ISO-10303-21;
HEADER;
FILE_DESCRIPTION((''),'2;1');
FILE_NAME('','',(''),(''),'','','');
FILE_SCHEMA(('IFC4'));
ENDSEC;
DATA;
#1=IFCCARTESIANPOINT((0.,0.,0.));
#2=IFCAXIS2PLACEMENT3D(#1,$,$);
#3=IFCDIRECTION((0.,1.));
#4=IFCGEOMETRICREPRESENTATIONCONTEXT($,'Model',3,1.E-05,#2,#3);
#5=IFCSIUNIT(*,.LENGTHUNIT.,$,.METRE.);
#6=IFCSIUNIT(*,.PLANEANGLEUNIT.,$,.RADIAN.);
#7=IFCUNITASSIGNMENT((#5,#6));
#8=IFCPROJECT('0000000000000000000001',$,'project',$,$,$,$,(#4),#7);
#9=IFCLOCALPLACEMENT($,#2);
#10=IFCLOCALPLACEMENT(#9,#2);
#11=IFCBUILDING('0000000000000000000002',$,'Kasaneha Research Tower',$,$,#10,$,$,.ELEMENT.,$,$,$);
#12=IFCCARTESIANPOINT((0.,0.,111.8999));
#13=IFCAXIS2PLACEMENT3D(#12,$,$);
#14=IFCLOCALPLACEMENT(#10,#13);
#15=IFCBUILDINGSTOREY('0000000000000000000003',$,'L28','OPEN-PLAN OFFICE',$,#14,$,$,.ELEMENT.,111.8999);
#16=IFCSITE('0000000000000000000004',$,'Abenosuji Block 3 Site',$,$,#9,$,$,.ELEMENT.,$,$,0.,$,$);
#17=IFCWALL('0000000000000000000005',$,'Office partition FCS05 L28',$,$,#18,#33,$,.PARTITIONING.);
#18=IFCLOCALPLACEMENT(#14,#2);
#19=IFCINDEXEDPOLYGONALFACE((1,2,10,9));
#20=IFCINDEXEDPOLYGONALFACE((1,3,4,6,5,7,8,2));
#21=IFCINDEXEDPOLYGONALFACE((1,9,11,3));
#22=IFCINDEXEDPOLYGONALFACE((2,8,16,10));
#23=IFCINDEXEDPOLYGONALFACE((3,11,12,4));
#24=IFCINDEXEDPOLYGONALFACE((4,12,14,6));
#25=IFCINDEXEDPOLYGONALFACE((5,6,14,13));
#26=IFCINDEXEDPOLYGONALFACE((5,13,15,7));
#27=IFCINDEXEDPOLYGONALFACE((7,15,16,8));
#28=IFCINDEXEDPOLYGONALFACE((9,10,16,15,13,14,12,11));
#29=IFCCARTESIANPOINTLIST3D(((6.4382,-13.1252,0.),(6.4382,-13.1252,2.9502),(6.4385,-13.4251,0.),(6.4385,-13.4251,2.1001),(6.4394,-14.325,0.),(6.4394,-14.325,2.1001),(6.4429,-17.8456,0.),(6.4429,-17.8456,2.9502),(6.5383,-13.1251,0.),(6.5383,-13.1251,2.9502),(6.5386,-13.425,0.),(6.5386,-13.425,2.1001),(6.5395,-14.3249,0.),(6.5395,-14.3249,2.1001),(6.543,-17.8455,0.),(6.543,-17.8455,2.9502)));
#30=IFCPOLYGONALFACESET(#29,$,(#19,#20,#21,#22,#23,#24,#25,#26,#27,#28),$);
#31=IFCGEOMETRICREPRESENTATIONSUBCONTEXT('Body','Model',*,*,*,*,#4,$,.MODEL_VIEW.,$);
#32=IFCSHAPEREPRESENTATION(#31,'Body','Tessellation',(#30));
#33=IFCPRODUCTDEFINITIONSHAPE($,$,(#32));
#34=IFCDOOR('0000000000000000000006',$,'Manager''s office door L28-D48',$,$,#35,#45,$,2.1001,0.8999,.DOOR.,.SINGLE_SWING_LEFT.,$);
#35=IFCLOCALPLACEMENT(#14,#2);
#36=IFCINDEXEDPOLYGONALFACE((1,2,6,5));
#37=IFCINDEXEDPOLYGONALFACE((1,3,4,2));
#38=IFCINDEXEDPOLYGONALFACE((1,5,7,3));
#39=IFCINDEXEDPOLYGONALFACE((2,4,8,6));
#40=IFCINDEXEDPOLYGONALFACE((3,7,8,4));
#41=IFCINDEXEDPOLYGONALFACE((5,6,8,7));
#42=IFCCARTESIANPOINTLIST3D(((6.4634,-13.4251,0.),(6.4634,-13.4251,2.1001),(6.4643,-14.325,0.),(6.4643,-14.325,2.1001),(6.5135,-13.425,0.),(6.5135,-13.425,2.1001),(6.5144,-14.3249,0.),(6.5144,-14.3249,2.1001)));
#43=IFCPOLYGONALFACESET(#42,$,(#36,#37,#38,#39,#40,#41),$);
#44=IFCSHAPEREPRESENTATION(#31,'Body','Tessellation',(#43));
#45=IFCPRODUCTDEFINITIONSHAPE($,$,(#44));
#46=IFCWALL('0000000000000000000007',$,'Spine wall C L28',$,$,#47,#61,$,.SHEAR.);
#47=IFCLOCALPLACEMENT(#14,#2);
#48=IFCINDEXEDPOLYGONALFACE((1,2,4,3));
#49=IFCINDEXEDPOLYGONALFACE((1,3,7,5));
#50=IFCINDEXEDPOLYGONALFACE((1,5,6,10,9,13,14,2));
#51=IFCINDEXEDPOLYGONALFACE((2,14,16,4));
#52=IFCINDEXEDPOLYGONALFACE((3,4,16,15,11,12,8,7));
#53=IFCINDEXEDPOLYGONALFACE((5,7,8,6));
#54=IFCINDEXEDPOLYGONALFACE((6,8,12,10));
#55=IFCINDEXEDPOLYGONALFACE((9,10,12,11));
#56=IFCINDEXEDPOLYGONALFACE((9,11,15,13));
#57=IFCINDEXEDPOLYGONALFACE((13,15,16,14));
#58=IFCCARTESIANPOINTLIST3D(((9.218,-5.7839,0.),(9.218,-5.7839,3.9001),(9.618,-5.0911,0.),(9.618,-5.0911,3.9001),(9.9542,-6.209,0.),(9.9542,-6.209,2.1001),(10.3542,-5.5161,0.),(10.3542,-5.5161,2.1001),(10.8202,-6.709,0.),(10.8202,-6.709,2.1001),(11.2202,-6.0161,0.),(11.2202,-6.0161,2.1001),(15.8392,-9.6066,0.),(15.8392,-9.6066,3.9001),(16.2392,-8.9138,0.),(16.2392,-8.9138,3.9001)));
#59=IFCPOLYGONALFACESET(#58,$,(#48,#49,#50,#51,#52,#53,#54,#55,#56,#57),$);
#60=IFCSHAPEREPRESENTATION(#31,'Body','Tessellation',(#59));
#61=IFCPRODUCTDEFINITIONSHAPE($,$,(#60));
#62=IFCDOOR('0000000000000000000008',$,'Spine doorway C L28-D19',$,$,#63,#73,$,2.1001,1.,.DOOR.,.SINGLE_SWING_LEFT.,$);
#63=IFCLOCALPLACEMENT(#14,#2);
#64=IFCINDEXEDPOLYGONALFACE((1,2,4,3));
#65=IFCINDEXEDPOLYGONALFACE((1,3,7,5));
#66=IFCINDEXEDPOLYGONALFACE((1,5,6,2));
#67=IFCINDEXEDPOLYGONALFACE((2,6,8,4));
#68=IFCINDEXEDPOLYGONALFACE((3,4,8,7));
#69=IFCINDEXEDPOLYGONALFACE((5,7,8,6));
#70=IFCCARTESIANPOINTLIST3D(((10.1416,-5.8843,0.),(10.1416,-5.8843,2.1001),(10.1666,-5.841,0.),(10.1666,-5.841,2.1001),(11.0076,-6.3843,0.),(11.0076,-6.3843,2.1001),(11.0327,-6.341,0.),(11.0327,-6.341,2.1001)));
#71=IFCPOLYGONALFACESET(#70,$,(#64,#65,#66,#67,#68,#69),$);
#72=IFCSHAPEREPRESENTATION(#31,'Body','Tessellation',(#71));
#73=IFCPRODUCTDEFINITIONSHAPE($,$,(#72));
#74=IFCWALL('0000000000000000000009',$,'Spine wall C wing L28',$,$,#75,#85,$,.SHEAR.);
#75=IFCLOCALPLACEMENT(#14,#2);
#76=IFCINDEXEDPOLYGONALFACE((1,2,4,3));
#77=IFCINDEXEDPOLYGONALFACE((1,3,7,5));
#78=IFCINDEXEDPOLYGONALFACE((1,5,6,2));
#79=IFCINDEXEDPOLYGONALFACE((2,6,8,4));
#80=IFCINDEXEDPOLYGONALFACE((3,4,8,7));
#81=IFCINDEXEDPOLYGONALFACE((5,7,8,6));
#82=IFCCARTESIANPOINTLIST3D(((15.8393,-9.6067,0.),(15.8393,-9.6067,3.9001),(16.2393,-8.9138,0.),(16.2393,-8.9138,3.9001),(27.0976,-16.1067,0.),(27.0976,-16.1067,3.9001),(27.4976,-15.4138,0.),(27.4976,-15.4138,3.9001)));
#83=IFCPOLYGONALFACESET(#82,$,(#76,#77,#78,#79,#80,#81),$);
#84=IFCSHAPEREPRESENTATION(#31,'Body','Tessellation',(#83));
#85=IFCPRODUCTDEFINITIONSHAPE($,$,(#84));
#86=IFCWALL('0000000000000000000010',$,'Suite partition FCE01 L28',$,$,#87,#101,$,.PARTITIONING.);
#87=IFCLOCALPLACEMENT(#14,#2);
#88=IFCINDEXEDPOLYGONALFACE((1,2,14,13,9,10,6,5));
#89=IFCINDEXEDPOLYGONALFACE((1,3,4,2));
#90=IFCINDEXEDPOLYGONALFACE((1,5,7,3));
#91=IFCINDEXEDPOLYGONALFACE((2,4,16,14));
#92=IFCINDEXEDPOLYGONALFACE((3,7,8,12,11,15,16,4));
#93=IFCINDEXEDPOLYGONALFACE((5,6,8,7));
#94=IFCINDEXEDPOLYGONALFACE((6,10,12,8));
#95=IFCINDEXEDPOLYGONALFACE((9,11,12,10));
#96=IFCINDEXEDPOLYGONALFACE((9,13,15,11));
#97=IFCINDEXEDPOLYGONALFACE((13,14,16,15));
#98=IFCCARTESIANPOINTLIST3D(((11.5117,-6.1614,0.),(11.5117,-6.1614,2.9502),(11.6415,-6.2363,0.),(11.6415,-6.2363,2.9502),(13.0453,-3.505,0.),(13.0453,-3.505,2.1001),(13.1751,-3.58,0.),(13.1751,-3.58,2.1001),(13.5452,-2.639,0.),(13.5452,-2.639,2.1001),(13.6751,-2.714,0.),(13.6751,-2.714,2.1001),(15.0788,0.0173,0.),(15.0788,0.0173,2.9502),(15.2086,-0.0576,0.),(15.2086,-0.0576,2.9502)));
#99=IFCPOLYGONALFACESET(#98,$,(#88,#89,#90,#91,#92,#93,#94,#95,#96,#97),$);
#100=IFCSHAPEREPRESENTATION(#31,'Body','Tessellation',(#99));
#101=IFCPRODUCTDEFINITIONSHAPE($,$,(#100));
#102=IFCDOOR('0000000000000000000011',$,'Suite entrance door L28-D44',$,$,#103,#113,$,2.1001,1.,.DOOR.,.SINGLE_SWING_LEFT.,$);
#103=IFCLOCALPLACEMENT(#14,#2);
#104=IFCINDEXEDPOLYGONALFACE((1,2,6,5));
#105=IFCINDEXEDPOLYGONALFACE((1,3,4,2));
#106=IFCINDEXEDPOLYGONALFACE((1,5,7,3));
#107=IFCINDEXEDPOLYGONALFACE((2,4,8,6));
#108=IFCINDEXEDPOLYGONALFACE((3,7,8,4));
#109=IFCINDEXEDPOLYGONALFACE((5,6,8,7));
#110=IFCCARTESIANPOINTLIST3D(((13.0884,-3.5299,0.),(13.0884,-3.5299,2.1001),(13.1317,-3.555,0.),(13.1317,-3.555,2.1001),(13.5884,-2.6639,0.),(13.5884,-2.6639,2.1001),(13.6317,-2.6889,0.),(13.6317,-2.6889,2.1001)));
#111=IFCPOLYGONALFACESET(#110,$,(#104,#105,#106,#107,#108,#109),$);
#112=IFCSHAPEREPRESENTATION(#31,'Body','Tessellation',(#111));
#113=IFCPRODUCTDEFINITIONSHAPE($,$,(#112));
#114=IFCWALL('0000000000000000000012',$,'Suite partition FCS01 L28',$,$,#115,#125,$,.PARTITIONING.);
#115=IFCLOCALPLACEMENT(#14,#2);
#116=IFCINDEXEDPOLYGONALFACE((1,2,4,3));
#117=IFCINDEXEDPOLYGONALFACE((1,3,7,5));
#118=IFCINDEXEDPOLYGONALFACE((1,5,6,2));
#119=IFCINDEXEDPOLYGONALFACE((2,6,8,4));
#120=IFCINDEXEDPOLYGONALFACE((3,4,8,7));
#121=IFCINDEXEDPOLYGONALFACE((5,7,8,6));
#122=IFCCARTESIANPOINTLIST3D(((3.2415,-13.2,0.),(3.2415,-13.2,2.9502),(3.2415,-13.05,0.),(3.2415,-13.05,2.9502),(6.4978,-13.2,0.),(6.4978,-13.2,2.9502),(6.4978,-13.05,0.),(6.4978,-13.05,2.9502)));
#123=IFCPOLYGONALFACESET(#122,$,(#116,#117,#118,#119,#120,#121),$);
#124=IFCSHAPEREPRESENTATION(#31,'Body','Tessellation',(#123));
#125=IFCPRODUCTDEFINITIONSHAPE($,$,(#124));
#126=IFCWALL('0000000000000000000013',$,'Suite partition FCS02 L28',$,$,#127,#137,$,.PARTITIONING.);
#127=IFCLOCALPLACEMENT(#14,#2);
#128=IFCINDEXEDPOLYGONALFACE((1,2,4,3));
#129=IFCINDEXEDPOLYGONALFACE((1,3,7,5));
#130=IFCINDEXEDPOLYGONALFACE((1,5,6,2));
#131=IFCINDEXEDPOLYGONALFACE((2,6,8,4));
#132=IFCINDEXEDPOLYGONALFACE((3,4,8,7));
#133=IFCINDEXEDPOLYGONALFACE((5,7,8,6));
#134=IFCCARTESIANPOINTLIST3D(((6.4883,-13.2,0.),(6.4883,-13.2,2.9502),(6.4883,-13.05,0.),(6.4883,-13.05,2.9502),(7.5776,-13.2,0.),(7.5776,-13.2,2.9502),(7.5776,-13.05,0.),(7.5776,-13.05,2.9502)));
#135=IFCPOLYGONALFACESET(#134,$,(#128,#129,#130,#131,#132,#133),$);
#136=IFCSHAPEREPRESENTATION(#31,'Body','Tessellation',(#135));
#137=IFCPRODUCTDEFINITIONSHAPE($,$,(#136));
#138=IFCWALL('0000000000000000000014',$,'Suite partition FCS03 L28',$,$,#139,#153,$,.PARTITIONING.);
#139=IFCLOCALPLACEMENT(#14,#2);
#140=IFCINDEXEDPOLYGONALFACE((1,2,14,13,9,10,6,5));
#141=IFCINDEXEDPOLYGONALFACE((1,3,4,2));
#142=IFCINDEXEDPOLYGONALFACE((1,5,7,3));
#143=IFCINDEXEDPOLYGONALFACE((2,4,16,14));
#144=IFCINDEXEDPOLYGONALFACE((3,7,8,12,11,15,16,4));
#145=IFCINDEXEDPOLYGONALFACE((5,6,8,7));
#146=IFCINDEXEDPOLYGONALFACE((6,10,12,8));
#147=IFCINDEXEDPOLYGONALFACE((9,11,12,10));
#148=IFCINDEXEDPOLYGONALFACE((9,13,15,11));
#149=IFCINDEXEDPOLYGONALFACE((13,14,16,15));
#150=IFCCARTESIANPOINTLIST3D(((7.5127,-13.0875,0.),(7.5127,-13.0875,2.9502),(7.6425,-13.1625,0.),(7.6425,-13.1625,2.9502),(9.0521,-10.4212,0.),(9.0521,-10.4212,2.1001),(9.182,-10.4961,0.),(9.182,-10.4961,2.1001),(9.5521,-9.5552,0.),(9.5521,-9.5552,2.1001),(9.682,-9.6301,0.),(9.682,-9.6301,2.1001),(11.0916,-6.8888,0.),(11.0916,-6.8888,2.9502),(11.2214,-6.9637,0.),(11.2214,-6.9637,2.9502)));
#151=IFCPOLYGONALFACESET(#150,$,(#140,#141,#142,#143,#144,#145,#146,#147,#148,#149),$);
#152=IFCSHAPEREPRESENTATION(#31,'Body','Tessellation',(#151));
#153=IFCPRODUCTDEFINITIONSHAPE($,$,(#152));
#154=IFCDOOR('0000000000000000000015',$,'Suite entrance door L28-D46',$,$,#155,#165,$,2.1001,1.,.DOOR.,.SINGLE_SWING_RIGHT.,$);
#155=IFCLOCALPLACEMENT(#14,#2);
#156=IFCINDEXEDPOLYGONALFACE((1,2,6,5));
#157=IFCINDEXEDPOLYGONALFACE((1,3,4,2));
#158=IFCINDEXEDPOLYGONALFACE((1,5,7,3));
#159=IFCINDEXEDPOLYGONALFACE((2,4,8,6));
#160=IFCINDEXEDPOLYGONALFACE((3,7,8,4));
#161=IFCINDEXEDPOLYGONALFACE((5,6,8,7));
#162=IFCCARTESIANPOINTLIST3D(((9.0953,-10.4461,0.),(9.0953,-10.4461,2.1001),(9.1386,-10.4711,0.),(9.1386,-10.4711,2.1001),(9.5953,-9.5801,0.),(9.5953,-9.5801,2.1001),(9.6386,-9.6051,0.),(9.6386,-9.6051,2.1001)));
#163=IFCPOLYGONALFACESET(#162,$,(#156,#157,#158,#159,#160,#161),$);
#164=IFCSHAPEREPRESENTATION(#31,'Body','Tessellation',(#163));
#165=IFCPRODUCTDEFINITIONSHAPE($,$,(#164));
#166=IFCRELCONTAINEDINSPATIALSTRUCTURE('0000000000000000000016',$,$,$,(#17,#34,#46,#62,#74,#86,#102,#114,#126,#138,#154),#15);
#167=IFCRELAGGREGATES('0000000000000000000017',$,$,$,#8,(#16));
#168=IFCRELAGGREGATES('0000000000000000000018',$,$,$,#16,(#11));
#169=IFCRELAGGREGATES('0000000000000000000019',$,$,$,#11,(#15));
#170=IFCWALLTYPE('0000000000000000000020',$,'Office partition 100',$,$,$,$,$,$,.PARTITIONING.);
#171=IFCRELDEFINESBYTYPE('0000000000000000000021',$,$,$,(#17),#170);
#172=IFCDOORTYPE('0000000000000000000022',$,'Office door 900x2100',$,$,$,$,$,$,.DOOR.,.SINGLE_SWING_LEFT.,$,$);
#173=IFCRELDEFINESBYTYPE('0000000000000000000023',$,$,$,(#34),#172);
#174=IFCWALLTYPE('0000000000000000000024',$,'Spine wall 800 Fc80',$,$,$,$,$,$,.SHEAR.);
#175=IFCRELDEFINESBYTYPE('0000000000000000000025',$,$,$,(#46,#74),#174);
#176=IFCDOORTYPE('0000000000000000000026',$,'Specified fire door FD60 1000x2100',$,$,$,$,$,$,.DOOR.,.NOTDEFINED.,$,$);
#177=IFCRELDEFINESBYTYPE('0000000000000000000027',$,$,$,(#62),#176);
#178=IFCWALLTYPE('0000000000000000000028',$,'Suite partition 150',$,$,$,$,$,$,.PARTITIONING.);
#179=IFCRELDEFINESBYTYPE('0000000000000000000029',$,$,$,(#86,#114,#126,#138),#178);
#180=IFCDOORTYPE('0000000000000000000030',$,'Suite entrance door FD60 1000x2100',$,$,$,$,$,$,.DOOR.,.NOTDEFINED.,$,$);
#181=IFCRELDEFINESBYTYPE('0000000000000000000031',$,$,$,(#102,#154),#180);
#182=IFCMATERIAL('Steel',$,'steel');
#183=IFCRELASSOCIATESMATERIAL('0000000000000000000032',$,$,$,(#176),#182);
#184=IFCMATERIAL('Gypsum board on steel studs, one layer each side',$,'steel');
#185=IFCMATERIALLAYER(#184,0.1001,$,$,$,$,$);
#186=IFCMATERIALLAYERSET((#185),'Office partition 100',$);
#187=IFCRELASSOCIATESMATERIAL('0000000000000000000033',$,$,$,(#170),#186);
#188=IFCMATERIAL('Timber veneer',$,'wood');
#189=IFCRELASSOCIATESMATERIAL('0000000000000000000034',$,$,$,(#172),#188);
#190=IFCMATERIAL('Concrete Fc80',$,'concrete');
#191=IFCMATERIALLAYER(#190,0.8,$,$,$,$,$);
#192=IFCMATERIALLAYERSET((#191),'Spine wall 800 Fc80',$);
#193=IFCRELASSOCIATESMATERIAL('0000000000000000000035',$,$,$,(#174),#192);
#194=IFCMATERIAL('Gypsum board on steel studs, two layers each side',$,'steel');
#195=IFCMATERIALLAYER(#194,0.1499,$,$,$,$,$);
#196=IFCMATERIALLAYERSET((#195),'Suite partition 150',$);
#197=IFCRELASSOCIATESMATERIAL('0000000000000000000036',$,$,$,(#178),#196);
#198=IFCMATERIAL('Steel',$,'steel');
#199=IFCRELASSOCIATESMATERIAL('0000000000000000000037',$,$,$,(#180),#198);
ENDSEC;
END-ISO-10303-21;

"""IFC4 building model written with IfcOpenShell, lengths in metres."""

from ifc_helpers import new_model, si_unit, direction, frame, frame_2d, origin, place, context, subcontext, project, spatial, rectangle, extrude, material, layer, layer_set, type_object, element, fill, save


model = new_model("IFC4")

# Units and contexts
model_context = context("Model", 3, precision=1e-05, world=origin(), true_north=direction((0.0, 1.0)))
body_context = subcontext(model_context, "Body", "Model", "MODEL_VIEW")
ifc_project = project(units=[si_unit("LENGTHUNIT", "METRE"), si_unit("PLANEANGLEUNIT", "RADIAN")], contexts=[model_context])

# Site, building, storey
site_placement = place(None, origin())
site = spatial("IfcSite", under=ifc_project, at=site_placement, Name="Abenosuji Block 3 Site", CompositionType="ELEMENT", RefElevation=0.0)
building_placement = place(site_placement, origin())
building = spatial("IfcBuilding", under=site, at=building_placement, Name="Kasaneha Research Tower", CompositionType="ELEMENT")
storey_placement = place(building_placement, frame((0.0, 0.0, 111.8999)))
storey = spatial("IfcBuildingStorey", under=building, at=storey_placement, Name="L28", Description="OPEN-PLAN OFFICE", CompositionType="ELEMENT", Elevation=111.8999)

# Shared definitions
ifc_material_1 = material(Name="Steel", Category="steel")
door_type_1 = type_object("IfcDoorType", Name="Specified fire door FD60 1000x2100", OperationType="NOTDEFINED", PredefinedType="DOOR", material=ifc_material_1)

# Walls, openings, doors
ifc_material_2 = material(Name="Gypsum board on steel studs, one layer each side", Category="steel")
ifc_layer_1 = layer(ifc_material_2, 0.1001)
ifc_layer_set_1 = layer_set([ifc_layer_1], Name="Office partition 100")
wall_type_1 = type_object("IfcWallType", Name="Office partition 100", PredefinedType="PARTITIONING", material=ifc_layer_set_1)
wall_1_placement = place(storey_placement, frame((6.4883, -13.125, 0.0), z_axis=(0.0, 0.0, 1.0), x_axis=(0.000983, -1.0, 0.0)))
wall_1 = element("IfcWall", 1, at=wall_1_placement, inside=storey, type_object=wall_type_1, Name="Office partition FCS05 L28", PredefinedType="PARTITIONING", context=body_context, shape_type="SweptSolid", body=[
    extrude(rectangle(XDim=4.7205, YDim=0.1001, at=frame_2d((2.3604, 0.0))), origin(), (0.0, 0.0, 1.0), 2.9502),
])
opening_1_placement = place(wall_1_placement, frame((0.3, 0.0, 0.0)))
opening_1 = element("IfcOpeningElement", 2, at=opening_1_placement, cuts=wall_1, PredefinedType="OPENING", context=body_context, shape_type="SweptSolid", body=[
    extrude(rectangle(XDim=0.8999, YDim=2.1001, at=frame_2d((0.45, 1.05))), frame((0.0, 0.0601, 0.0), z_axis=(0.0, -1.0, 0.0), x_axis=(1.0, 0.0, 0.0)), (0.0, 0.0, 1.0), 0.1201),
])
ifc_material_3 = material(Name="Timber veneer", Category="wood")
door_type_2 = type_object("IfcDoorType", Name="Office door 900x2100", OperationType="SINGLE_SWING_LEFT", PredefinedType="DOOR", material=ifc_material_3)
door_1_placement = place(opening_1_placement, origin())
door_1 = element("IfcDoor", 3, at=door_1_placement, inside=storey, type_object=door_type_2, Name="Manager's office door L28-D48", OperationType="SINGLE_SWING_LEFT", OverallHeight=2.1001, OverallWidth=0.8999, PredefinedType="DOOR", context=body_context, shape_type="SweptSolid", body=[
    extrude(rectangle(XDim=0.8999, YDim=2.1001, at=frame_2d((0.45, 1.05))), frame((0.0, 0.0249, 0.0), z_axis=(0.0, -1.0, 0.0), x_axis=(1.0, 0.0, 0.0)), (0.0, 0.0, 1.0), 0.05),
])
fill(opening_1, door_1)
ifc_material_4 = material(Name="Concrete Fc80", Category="concrete")
ifc_layer_2 = layer(ifc_material_4, 0.8)
ifc_layer_set_2 = layer_set([ifc_layer_2], Name="Spine wall 800 Fc80")
wall_type_2 = type_object("IfcWallType", Name="Spine wall 800 Fc80", PredefinedType="SHEAR", material=ifc_layer_set_2)
wall_2_placement = place(storey_placement, frame((9.418, -5.4375, 0.0), z_axis=(0.0, 0.0, 1.0), x_axis=(0.86603, -0.499992, 0.0)))
wall_2 = element("IfcWall", 4, at=wall_2_placement, inside=storey, type_object=wall_type_2, Name="Spine wall C L28", PredefinedType="SHEAR", context=body_context, shape_type="SweptSolid", body=[
    extrude(rectangle(XDim=7.6455, YDim=0.8, at=frame_2d((3.8228, 0.0))), origin(), (0.0, 0.0, 1.0), 3.9001),
])
opening_2_placement = place(wall_2_placement, frame((0.8501, 0.0, 0.0)))
opening_2 = element("IfcOpeningElement", 5, at=opening_2_placement, cuts=wall_2, PredefinedType="OPENING", context=body_context, shape_type="SweptSolid", body=[
    extrude(rectangle(XDim=1.0, YDim=2.1001, at=frame_2d((0.5, 1.05))), frame((0.0, 0.4102, 0.0), z_axis=(0.0, -1.0, 0.0), x_axis=(1.0, 0.0, 0.0)), (0.0, 0.0, 1.0), 0.8201),
])
door_2_placement = place(opening_2_placement, origin())
door_2 = element("IfcDoor", 6, at=door_2_placement, inside=storey, type_object=door_type_1, Name="Spine doorway C L28-D19", OperationType="SINGLE_SWING_LEFT", OverallHeight=2.1001, OverallWidth=1.0, PredefinedType="DOOR", context=body_context, shape_type="SweptSolid", body=[
    extrude(rectangle(XDim=1.0, YDim=2.1001, at=frame_2d((0.5, 1.05))), frame((0.0, 0.0249, 0.0), z_axis=(0.0, -1.0, 0.0), x_axis=(1.0, 0.0, 0.0)), (0.0, 0.0, 1.0), 0.05),
])
fill(opening_2, door_2)

# Wall
wall_3_placement = place(storey_placement, frame((16.0393, -9.2603, 0.0), z_axis=(0.0, 0.0, 1.0), x_axis=(0.866025, -0.500001, 0.0)))
element("IfcWall", 7, at=wall_3_placement, inside=storey, type_object=wall_type_2, Name="Spine wall C wing L28", PredefinedType="SHEAR", context=body_context, shape_type="SweptSolid", body=[
    extrude(rectangle(XDim=13.0, YDim=0.8, at=frame_2d((6.5, 0.0))), origin(), (0.0, 0.0, 1.0), 3.9001),
])

# Wall, opening, door
ifc_material_5 = material(Name="Gypsum board on steel studs, two layers each side", Category="steel")
ifc_layer_3 = layer(ifc_material_5, 0.1499)
ifc_layer_set_3 = layer_set([ifc_layer_3], Name="Suite partition 150")
wall_type_3 = type_object("IfcWallType", Name="Suite partition 150", PredefinedType="PARTITIONING", material=ifc_layer_set_3)
wall_4_placement = place(storey_placement, frame((15.1438, -0.02, 0.0), z_axis=(0.0, 0.0, 1.0), x_axis=(-0.499985, -0.866034, 0.0)))
wall_4 = element("IfcWall", 8, at=wall_4_placement, inside=storey, type_object=wall_type_3, Name="Suite partition FCE01 L28", PredefinedType="PARTITIONING", context=body_context, shape_type="SweptSolid", body=[
    extrude(rectangle(XDim=7.1345, YDim=0.1499, at=frame_2d((3.5674, 0.0))), origin(), (0.0, 0.0, 1.0), 2.9502),
])
opening_3_placement = place(wall_4_placement, frame((3.0674, 0.0, 0.0)))
opening_3 = element("IfcOpeningElement", 9, at=opening_3_placement, cuts=wall_4, PredefinedType="OPENING", context=body_context, shape_type="SweptSolid", body=[
    extrude(rectangle(XDim=1.0, YDim=2.1001, at=frame_2d((0.5, 1.05))), frame((0.0, 0.085, 0.0), z_axis=(0.0, -1.0, 0.0), x_axis=(1.0, 0.0, 0.0)), (0.0, 0.0, 1.0), 0.1699),
])
ifc_material_6 = material(Name="Steel", Category="steel")
door_type_3 = type_object("IfcDoorType", Name="Suite entrance door FD60 1000x2100", OperationType="NOTDEFINED", PredefinedType="DOOR", material=ifc_material_6)
door_3_placement = place(opening_3_placement, origin())
door_3 = element("IfcDoor", 10, at=door_3_placement, inside=storey, type_object=door_type_3, Name="Suite entrance door L28-D44", OperationType="SINGLE_SWING_LEFT", OverallHeight=2.1001, OverallWidth=1.0, PredefinedType="DOOR", context=body_context, shape_type="SweptSolid", body=[
    extrude(rectangle(XDim=1.0, YDim=2.1001, at=frame_2d((0.5, 1.05))), frame((0.0, 0.0249, 0.0), z_axis=(0.0, -1.0, 0.0), x_axis=(1.0, 0.0, 0.0)), (0.0, 0.0, 1.0), 0.05),
])
fill(opening_3, door_3)

# Walls
wall_5_placement = place(storey_placement, frame((6.4978, -13.125, 0.0), z_axis=(0.0, 0.0, 1.0), x_axis=(-1.0, 0.0, 0.0)))
element("IfcWall", 11, at=wall_5_placement, inside=storey, type_object=wall_type_3, Name="Suite partition FCS01 L28", PredefinedType="PARTITIONING", context=body_context, shape_type="SweptSolid", body=[
    extrude(rectangle(XDim=3.2563, YDim=0.1499, at=frame_2d((1.6282, 0.0))), origin(), (0.0, 0.0, 1.0), 2.9502),
])
wall_6_placement = place(storey_placement, frame((7.5776, -13.125, 0.0), z_axis=(0.0, 0.0, 1.0), x_axis=(-1.0, 0.0, 0.0)))
element("IfcWall", 12, at=wall_6_placement, inside=storey, type_object=wall_type_3, Name="Suite partition FCS02 L28", PredefinedType="PARTITIONING", context=body_context, shape_type="SweptSolid", body=[
    extrude(rectangle(XDim=1.0894, YDim=0.1499, at=frame_2d((0.5447, 0.0))), origin(), (0.0, 0.0, 1.0), 2.9502),
])

# Wall, opening, door
wall_7_placement = place(storey_placement, frame((11.1565, -6.9263, 0.0), z_axis=(0.0, 0.0, 1.0), x_axis=(-0.500002, -0.866024, 0.0)))
wall_7 = element("IfcWall", 13, at=wall_7_placement, inside=storey, type_object=wall_type_3, Name="Suite partition FCS03 L28", PredefinedType="PARTITIONING", context=body_context, shape_type="SweptSolid", body=[
    extrude(rectangle(XDim=7.1577, YDim=0.1499, at=frame_2d((3.5789, 0.0))), origin(), (0.0, 0.0, 1.0), 2.9502),
])
opening_4_placement = place(wall_7_placement, frame((3.0789, 0.0, 0.0)))
opening_4 = element("IfcOpeningElement", 14, at=opening_4_placement, cuts=wall_7, PredefinedType="OPENING", context=body_context, shape_type="SweptSolid", body=[
    extrude(rectangle(XDim=1.0, YDim=2.1001, at=frame_2d((0.5, 1.05))), frame((0.0, 0.085, 0.0), z_axis=(0.0, -1.0, 0.0), x_axis=(1.0, 0.0, 0.0)), (0.0, 0.0, 1.0), 0.1699),
])
door_4_placement = place(opening_4_placement, origin())
door_4 = element("IfcDoor", 15, at=door_4_placement, inside=storey, type_object=door_type_3, Name="Suite entrance door L28-D46", OperationType="SINGLE_SWING_RIGHT", OverallHeight=2.1001, OverallWidth=1.0, PredefinedType="DOOR", context=body_context, shape_type="SweptSolid", body=[
    extrude(rectangle(XDim=1.0, YDim=2.1001, at=frame_2d((0.5, 1.05))), frame((0.0, 0.0249, 0.0), z_axis=(0.0, -1.0, 0.0), x_axis=(1.0, 0.0, 0.0)), (0.0, 0.0, 1.0), 0.05),
])
fill(opening_4, door_4)

save(model, "model.ifc")
